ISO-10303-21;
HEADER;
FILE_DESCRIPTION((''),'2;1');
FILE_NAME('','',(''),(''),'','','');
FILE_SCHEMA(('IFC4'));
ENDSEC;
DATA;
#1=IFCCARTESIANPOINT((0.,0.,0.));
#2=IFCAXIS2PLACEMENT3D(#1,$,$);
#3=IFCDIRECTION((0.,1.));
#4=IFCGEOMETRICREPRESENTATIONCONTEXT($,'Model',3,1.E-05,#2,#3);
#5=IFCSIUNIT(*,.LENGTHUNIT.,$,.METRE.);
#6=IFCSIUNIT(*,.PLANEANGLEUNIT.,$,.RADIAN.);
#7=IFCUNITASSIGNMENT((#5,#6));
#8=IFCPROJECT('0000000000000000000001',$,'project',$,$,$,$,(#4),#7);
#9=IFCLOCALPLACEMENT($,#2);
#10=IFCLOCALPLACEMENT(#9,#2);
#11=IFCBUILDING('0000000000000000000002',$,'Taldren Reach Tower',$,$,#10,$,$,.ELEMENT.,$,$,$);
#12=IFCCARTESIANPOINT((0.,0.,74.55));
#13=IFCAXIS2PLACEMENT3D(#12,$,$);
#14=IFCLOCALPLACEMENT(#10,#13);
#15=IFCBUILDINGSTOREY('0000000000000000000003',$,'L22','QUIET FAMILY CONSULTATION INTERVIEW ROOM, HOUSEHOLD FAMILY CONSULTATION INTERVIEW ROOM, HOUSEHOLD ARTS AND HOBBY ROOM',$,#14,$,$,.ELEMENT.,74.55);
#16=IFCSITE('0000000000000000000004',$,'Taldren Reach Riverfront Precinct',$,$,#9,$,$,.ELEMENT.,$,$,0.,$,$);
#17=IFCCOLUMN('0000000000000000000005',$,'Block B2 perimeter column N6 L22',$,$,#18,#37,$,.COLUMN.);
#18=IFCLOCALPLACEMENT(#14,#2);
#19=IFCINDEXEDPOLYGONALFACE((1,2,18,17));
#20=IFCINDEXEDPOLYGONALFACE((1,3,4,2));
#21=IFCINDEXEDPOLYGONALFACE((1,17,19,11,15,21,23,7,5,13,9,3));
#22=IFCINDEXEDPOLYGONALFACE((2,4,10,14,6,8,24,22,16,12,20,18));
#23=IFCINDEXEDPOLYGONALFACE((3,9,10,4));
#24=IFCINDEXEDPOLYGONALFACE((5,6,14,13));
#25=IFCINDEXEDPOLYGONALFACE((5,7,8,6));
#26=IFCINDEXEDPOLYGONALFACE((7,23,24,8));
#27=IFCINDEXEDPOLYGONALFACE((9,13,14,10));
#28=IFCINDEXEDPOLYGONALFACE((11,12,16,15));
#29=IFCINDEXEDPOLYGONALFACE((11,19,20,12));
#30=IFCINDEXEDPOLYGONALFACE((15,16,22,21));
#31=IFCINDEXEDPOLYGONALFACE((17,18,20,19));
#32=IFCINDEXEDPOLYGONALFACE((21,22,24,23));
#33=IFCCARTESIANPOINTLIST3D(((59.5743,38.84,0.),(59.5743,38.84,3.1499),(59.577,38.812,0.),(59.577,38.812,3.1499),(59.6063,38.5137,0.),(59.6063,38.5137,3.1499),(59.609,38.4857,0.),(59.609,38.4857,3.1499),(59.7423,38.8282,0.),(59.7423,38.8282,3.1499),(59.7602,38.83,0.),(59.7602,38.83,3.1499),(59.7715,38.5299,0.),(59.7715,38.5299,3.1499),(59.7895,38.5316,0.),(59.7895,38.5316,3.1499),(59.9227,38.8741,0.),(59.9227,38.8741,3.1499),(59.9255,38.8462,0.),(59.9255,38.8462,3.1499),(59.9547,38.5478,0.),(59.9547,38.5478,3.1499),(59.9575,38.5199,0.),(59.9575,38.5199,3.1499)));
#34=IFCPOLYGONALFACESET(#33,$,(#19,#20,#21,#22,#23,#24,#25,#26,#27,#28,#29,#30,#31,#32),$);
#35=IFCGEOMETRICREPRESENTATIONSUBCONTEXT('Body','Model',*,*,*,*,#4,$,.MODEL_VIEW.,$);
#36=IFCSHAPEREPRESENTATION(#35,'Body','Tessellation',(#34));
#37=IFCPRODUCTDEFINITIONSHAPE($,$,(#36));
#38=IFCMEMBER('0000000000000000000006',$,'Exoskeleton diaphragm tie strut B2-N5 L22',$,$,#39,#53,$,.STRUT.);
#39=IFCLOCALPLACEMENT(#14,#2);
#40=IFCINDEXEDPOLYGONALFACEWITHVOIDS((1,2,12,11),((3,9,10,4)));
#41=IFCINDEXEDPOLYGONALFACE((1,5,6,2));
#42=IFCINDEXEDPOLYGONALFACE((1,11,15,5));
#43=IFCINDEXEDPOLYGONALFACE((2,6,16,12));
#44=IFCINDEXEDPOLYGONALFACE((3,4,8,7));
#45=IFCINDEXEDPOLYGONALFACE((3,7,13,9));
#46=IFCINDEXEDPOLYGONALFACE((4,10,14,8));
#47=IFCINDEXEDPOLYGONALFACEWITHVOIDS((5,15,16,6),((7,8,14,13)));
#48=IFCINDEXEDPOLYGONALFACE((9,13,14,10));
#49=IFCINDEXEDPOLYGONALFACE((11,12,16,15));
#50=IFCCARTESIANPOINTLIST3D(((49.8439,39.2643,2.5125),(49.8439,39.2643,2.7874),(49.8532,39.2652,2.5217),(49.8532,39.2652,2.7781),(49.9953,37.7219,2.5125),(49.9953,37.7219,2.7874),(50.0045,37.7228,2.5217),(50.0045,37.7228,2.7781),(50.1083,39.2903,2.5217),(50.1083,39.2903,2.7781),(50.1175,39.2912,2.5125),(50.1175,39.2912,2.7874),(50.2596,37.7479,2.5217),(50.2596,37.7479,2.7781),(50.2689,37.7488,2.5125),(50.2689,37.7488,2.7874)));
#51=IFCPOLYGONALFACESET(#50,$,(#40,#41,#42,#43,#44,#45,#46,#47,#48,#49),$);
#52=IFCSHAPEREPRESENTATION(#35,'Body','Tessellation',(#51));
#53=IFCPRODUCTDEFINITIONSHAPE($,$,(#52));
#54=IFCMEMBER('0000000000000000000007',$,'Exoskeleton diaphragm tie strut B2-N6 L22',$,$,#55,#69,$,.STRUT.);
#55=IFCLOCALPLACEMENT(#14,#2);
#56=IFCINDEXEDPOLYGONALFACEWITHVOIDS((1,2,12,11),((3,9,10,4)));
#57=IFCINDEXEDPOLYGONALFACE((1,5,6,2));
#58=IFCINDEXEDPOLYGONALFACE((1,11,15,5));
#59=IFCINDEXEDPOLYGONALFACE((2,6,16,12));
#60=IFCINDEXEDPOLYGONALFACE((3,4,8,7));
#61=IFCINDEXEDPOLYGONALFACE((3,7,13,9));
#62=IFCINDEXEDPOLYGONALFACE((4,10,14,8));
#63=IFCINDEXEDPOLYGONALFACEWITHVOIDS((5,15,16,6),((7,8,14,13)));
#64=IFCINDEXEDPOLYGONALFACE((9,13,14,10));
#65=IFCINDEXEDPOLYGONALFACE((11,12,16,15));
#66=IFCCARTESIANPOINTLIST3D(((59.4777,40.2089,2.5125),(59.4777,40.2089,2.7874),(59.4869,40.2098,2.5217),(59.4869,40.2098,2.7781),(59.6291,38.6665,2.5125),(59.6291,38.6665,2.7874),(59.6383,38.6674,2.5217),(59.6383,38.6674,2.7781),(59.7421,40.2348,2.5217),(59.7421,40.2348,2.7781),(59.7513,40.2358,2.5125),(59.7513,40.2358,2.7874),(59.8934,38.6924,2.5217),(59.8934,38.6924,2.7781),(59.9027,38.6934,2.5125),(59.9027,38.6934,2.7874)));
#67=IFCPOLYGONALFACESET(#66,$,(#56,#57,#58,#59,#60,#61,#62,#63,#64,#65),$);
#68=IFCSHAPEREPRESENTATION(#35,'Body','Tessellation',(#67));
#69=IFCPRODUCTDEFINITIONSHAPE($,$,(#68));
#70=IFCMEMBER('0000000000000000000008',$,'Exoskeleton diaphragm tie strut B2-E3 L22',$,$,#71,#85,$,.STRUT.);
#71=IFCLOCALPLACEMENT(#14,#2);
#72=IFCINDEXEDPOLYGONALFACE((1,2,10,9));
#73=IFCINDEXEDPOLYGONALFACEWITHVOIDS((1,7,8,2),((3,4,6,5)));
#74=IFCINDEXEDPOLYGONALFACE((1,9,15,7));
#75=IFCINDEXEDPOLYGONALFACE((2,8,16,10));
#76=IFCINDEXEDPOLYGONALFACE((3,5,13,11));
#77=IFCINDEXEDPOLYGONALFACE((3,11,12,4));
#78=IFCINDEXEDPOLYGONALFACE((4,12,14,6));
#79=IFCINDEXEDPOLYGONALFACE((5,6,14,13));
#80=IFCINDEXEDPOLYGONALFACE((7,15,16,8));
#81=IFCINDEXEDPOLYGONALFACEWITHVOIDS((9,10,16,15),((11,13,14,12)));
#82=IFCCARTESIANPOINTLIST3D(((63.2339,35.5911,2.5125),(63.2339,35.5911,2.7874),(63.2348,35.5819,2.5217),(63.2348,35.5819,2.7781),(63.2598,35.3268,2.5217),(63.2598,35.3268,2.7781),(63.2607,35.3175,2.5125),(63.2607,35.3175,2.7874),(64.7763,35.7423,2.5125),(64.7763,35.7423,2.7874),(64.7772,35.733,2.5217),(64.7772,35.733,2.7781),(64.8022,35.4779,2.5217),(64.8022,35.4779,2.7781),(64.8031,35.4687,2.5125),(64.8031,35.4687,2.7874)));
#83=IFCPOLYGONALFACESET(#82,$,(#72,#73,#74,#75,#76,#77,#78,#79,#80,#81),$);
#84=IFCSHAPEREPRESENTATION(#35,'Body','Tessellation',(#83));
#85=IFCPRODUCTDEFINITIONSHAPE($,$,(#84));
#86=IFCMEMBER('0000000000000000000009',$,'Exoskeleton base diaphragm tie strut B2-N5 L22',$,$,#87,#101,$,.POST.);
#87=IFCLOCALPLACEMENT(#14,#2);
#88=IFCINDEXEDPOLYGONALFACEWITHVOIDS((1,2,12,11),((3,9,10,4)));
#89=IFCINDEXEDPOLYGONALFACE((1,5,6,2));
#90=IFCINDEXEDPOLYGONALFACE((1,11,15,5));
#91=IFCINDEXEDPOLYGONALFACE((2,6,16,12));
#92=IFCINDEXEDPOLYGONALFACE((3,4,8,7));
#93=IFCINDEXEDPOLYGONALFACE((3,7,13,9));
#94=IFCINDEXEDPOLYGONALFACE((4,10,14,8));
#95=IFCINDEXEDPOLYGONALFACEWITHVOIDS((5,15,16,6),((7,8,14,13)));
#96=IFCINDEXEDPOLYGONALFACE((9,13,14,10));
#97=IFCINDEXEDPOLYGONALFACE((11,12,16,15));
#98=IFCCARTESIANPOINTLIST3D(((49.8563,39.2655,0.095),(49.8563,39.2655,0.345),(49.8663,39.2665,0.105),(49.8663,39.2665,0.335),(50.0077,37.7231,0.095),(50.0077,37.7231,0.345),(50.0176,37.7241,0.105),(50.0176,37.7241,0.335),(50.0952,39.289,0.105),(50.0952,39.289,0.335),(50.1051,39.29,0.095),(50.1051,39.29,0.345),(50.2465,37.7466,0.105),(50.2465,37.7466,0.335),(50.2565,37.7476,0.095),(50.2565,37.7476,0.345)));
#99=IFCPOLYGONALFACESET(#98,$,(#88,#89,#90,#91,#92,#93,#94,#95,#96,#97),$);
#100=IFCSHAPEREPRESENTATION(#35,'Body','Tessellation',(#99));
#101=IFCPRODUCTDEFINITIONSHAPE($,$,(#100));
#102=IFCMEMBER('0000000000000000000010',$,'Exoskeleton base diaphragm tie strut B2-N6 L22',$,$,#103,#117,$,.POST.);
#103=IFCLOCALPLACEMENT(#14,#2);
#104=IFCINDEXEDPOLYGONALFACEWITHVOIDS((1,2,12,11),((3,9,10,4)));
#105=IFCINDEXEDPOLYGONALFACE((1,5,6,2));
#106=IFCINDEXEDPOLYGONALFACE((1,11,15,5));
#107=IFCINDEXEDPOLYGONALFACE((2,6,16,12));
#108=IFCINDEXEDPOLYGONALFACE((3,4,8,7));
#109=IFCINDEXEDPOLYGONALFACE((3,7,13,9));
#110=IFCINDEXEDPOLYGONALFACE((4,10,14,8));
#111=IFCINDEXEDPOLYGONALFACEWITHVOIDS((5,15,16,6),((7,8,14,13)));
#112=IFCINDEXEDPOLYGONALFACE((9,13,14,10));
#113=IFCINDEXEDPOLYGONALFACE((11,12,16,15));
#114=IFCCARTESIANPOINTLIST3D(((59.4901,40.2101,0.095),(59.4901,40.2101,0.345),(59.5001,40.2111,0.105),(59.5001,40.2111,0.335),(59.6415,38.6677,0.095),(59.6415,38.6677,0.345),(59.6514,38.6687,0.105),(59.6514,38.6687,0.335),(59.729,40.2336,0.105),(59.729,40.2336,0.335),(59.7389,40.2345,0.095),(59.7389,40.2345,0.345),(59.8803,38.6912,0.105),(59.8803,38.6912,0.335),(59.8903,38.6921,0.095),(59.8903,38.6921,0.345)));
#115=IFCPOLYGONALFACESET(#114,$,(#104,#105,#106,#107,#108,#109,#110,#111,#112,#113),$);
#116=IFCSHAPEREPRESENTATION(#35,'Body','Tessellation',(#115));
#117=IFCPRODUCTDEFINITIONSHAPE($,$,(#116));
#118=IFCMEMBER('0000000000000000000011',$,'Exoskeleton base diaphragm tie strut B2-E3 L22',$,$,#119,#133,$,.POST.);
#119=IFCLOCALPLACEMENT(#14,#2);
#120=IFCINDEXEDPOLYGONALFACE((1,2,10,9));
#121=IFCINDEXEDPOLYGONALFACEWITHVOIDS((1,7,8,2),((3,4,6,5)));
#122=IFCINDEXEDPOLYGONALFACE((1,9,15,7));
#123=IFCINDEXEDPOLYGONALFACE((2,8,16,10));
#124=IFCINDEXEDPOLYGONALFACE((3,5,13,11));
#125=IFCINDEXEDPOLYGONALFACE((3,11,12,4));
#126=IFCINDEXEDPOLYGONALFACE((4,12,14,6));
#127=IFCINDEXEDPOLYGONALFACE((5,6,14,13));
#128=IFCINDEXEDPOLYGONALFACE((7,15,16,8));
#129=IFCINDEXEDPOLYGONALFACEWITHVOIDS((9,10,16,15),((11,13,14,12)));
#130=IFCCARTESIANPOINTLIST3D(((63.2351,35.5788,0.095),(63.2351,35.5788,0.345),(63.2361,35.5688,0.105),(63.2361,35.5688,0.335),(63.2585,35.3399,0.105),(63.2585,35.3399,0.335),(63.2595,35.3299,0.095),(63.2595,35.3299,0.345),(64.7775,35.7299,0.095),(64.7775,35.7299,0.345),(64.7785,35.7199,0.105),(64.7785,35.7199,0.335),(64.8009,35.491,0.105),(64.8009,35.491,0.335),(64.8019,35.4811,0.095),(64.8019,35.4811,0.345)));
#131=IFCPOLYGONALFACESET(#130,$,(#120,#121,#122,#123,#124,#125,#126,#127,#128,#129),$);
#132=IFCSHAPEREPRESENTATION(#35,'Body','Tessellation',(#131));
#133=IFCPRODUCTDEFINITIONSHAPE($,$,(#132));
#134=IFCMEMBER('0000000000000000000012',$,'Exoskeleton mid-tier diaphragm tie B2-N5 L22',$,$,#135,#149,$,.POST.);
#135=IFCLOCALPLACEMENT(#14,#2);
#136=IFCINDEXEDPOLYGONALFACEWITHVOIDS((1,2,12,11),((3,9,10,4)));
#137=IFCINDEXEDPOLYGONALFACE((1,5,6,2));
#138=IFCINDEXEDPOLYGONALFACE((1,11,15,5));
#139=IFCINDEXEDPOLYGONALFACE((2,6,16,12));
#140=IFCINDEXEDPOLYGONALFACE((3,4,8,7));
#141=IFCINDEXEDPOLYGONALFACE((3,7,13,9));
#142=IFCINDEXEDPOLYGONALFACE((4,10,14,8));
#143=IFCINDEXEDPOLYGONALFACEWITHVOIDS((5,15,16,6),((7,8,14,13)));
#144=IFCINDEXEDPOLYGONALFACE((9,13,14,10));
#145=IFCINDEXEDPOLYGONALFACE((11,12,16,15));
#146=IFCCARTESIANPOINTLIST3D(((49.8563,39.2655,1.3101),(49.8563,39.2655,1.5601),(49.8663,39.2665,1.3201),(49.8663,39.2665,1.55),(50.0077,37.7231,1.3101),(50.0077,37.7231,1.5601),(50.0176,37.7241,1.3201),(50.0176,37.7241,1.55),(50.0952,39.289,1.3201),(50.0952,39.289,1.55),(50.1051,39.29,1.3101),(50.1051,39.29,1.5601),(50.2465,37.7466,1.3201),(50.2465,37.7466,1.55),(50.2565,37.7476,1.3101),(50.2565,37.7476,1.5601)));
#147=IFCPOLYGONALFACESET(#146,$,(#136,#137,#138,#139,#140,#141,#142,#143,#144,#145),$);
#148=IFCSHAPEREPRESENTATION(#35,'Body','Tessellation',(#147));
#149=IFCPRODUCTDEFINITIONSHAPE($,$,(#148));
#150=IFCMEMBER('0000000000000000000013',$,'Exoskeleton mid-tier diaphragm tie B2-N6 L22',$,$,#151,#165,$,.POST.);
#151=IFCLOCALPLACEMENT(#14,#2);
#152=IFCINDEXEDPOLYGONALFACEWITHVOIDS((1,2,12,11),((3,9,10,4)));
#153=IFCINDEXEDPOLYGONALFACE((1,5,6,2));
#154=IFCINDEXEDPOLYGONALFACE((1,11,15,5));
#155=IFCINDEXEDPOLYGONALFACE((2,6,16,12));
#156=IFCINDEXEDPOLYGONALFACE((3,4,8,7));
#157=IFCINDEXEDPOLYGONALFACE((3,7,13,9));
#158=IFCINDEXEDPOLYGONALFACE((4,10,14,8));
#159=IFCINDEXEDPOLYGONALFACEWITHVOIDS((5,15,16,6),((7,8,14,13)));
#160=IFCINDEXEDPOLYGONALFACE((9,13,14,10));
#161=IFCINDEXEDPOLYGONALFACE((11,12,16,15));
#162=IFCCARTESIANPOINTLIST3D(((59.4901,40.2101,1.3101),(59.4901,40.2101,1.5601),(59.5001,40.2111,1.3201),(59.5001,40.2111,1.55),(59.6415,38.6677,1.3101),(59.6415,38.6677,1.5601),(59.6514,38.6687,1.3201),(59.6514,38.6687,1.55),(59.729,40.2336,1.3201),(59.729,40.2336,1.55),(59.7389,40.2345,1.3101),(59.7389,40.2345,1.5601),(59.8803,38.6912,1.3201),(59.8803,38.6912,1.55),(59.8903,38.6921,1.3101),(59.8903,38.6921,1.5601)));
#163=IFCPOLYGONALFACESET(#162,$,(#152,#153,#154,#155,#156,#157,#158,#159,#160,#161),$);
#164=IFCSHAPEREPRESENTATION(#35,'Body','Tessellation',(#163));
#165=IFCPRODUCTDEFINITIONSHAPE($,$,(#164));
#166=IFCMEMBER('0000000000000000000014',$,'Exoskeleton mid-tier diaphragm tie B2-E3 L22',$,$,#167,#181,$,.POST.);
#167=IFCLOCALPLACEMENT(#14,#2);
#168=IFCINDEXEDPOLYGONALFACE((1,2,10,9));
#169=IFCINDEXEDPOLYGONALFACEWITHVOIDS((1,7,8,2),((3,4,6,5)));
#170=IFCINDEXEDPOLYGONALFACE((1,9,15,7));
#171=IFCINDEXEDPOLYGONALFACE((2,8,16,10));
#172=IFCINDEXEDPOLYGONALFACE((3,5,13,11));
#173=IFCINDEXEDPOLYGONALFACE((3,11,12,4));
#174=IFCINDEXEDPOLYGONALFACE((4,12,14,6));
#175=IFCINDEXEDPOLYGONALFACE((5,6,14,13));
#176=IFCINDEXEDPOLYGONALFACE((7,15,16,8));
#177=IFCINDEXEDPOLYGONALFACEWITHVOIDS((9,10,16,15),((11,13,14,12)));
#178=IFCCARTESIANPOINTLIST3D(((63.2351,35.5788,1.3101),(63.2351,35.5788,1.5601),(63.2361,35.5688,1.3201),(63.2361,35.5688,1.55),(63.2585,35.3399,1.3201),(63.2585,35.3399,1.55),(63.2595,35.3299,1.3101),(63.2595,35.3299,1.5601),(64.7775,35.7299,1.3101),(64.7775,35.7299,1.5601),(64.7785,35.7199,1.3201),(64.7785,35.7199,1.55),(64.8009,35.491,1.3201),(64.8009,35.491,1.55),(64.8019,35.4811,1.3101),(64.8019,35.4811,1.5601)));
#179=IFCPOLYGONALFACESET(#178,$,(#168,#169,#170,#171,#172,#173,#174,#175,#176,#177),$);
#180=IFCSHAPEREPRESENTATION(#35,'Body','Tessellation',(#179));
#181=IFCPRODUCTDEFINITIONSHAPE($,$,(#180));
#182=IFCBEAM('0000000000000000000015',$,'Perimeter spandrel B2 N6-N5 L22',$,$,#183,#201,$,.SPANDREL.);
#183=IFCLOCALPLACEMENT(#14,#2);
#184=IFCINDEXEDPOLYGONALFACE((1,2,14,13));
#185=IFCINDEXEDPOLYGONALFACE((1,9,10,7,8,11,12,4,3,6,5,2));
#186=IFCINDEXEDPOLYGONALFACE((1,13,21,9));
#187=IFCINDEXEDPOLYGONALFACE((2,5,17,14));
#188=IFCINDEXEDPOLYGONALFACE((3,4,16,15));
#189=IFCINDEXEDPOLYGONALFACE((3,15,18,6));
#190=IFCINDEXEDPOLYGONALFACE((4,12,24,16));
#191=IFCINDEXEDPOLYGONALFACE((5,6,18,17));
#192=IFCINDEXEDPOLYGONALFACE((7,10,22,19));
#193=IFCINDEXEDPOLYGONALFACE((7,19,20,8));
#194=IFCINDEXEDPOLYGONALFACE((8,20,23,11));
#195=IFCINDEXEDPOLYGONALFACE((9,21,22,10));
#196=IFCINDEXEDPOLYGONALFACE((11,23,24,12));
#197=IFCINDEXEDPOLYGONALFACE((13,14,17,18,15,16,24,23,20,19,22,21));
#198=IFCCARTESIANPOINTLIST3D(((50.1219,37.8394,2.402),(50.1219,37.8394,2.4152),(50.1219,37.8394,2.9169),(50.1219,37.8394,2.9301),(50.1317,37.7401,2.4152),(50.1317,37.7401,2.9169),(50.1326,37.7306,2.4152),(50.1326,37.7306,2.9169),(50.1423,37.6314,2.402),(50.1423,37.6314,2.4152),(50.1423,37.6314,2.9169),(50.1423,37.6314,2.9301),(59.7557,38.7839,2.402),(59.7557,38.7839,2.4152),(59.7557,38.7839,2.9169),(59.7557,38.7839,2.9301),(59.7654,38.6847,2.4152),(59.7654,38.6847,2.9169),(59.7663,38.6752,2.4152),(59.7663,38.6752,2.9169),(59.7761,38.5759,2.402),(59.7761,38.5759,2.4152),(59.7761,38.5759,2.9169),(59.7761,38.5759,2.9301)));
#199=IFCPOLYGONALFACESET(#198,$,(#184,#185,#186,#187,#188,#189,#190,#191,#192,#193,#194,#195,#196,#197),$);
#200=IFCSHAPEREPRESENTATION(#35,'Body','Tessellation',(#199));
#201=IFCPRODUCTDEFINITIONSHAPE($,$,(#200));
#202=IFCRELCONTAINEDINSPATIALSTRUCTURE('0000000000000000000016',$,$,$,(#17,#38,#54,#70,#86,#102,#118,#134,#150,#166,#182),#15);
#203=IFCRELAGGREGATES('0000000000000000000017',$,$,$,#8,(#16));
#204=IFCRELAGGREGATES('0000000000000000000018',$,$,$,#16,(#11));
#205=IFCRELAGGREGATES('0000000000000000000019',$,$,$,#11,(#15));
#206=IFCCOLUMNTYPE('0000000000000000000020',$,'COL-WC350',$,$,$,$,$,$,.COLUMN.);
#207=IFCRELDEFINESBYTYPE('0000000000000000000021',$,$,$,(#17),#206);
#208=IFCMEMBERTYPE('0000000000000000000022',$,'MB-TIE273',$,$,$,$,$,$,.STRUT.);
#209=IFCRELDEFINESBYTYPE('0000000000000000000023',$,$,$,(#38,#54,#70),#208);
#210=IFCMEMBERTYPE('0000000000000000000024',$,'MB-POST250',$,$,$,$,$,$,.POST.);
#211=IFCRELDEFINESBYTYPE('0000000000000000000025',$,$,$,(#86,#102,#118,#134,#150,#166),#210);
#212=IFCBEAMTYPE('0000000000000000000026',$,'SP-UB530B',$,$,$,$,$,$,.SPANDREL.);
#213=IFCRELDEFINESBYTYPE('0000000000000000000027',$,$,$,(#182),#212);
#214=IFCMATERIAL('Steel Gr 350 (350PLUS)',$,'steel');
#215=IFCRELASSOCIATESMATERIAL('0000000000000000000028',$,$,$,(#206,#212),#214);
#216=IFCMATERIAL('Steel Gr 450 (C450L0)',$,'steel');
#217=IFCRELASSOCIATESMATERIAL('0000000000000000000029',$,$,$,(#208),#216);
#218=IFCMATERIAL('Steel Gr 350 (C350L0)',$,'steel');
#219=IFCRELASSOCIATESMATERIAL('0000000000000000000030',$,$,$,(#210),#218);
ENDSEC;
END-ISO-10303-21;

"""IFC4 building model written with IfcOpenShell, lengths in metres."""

from ifc_helpers import new_model, si_unit, direction, frame, origin, origin_2d, place, context, subcontext, project, spatial, hollow_rectangle, i_section, extrude, source, transform, mapped, material, material_profile, profile_set, type_object, element, save


model = new_model("IFC4")

# Units and contexts
model_context = context("Model", 3, precision=1e-05, world=origin(), true_north=direction((0.0, 1.0)))
body_context = subcontext(model_context, "Body", "Model", "MODEL_VIEW")
ifc_project = project(units=[si_unit("LENGTHUNIT", "METRE"), si_unit("PLANEANGLEUNIT", "RADIAN")], contexts=[model_context])

# Site, building, storey
site_placement = place(None, origin())
site = spatial("IfcSite", under=ifc_project, at=site_placement, Name="Taldren Reach Riverfront Precinct", CompositionType="ELEMENT", RefElevation=0.0)
building_placement = place(site_placement, origin())
building = spatial("IfcBuilding", under=site, at=building_placement, Name="Taldren Reach Tower", CompositionType="ELEMENT")
storey_placement = place(building_placement, frame((0.0, 0.0, 74.55)))
storey = spatial("IfcBuildingStorey", under=building, at=storey_placement, Name="L22", Description="QUIET FAMILY CONSULTATION INTERVIEW ROOM, HOUSEHOLD FAMILY CONSULTATION INTERVIEW ROOM, HOUSEHOLD ARTS AND HOBBY ROOM", CompositionType="ELEMENT", Elevation=74.55)

# Column
ifc_material_1 = material(Name="Steel Gr 350 (350PLUS)", Category="steel")
ifc_material_profile_1 = material_profile(ifc_material_1, i_section(OverallWidth=0.3501, OverallDepth=0.356, WebThickness=0.0181, FlangeThickness=0.0281, at=origin_2d()), Name="350WC197")
ifc_profile_set_1 = profile_set([ifc_material_profile_1], Name="Steel Gr 350 (350PLUS)")
column_type = type_object("IfcColumnType", Name="COL-WC350", PredefinedType="COLUMN", material=ifc_profile_set_1)
shared_shape_1 = source(origin(), body_context, "Body", "SweptSolid", [
    extrude(i_section(OverallWidth=0.3501, OverallDepth=0.356, WebThickness=0.0181, FlangeThickness=0.0281, at=origin_2d()), origin(), (0.0, 0.0, 1.0), 3.1499),
])
column_placement = place(storey_placement, frame((59.7659, 38.6799, 0.0), z_axis=(0.0, 0.0, 1.0), x_axis=(0.995227, 0.097583, 0.0)))
element("IfcColumn", 1, at=column_placement, inside=storey, type_object=column_type, Name="Block B2 perimeter column N6 L22", PredefinedType="COLUMN", context=body_context, shape_type="MappedRepresentation", body=[
    mapped(shared_shape_1, transform((0.0, 0.0, 0.0), scale=1.0)),
])

# Members
ifc_material_2 = material(Name="Steel Gr 450 (C450L0)", Category="steel")
ifc_material_profile_2 = material_profile(ifc_material_2, hollow_rectangle(XDim=0.2749, YDim=0.2749, WallThickness=0.0093, at=origin_2d()), Name="275x275x9.3SHS")
ifc_profile_set_2 = profile_set([ifc_material_profile_2], Name="Steel Gr 450 (C450L0)")
member_type_1 = type_object("IfcMemberType", Name="MB-TIE273", PredefinedType="STRUT", material=ifc_profile_set_2)
shared_shape_2 = source(origin(), body_context, "Body", "SweptSolid", [
    extrude(hollow_rectangle(XDim=0.2749, YDim=0.2749, WallThickness=0.0093, at=origin_2d()), origin(), (0.0, 0.0, 1.0), 1.5498),
])
for number, where, z_axis, x_axis, name in (
    (2, (50.1321, 37.7354, 2.6499), (-0.097663, 0.99522, 0.0), (-0.99522, -0.097663, 0.0), "Exoskeleton diaphragm tie strut B2-N5 L22"),
    (3, (59.7659, 38.6799, 2.6499), (-0.097663, 0.99522, 0.0), (-0.99522, -0.097663, 0.0), "Exoskeleton diaphragm tie strut B2-N6 L22"),
    (4, (63.2473, 35.4543, 2.6499), (0.995235, 0.097507, 0.0), (-0.097507, 0.995235, 0.0), "Exoskeleton diaphragm tie strut B2-E3 L22"),
):
    element("IfcMember", number, at=place(storey_placement, frame(where, z_axis=z_axis, x_axis=x_axis)), inside=storey, type_object=member_type_1, Name=name, PredefinedType="STRUT", context=body_context, shape_type="MappedRepresentation", body=[
        mapped(shared_shape_2, transform((0.0, 0.0, 0.0), scale=1.0)),
    ])
ifc_material_3 = material(Name="Steel Gr 350 (C350L0)", Category="steel")
ifc_material_profile_3 = material_profile(ifc_material_3, hollow_rectangle(XDim=0.25, YDim=0.25, WallThickness=0.01, at=origin_2d()), Name="250x250x10.0SHS")
ifc_profile_set_3 = profile_set([ifc_material_profile_3], Name="Steel Gr 350 (C350L0)")
member_type_2 = type_object("IfcMemberType", Name="MB-POST250", PredefinedType="POST", material=ifc_profile_set_3)
shared_shape_3 = source(origin(), body_context, "Body", "SweptSolid", [
    extrude(hollow_rectangle(XDim=0.25, YDim=0.25, WallThickness=0.01, at=origin_2d()), origin(), (0.0, 0.0, 1.0), 1.5498),
])
for number, where, z_axis, x_axis, name in (
    (5, (50.1321, 37.7354, 0.22), (-0.097663, 0.99522, 0.0), (-0.99522, -0.097663, 0.0), "Exoskeleton base diaphragm tie strut B2-N5 L22"),
    (6, (59.7659, 38.6799, 0.22), (-0.097663, 0.99522, 0.0), (-0.99522, -0.097663, 0.0), "Exoskeleton base diaphragm tie strut B2-N6 L22"),
    (7, (63.2473, 35.4543, 0.22), (0.995235, 0.097507, 0.0), (-0.097507, 0.995235, 0.0), "Exoskeleton base diaphragm tie strut B2-E3 L22"),
    (8, (50.1321, 37.7354, 1.4351), (-0.097663, 0.99522, 0.0), (-0.99522, -0.097663, 0.0), "Exoskeleton mid-tier diaphragm tie B2-N5 L22"),
    (9, (59.7659, 38.6799, 1.4351), (-0.097663, 0.99522, 0.0), (-0.99522, -0.097663, 0.0), "Exoskeleton mid-tier diaphragm tie B2-N6 L22"),
    (10, (63.2473, 35.4543, 1.4351), (0.995235, 0.097507, 0.0), (-0.097507, 0.995235, 0.0), "Exoskeleton mid-tier diaphragm tie B2-E3 L22"),
):
    element("IfcMember", number, at=place(storey_placement, frame(where, z_axis=z_axis, x_axis=x_axis)), inside=storey, type_object=member_type_2, Name=name, PredefinedType="POST", context=body_context, shape_type="MappedRepresentation", body=[
        mapped(shared_shape_3, transform((0.0, 0.0, 0.0), scale=1.0)),
    ])

# Beam
ifc_material_profile_4 = material_profile(ifc_material_1, i_section(OverallWidth=0.209, OverallDepth=0.5281, WebThickness=0.0095, FlangeThickness=0.0132, at=origin_2d()), Name="530UB82.0")
ifc_profile_set_4 = profile_set([ifc_material_profile_4], Name="Steel Gr 350 (350PLUS)")
beam_type = type_object("IfcBeamType", Name="SP-UB530B", PredefinedType="SPANDREL", material=ifc_profile_set_4)
shared_shape_4 = source(origin(), body_context, "Body", "SweptSolid", [
    extrude(i_section(OverallWidth=0.209, OverallDepth=0.5281, WebThickness=0.0095, FlangeThickness=0.0132, at=origin_2d()), origin(), (0.0, 0.0, 1.0), 9.6799),
])
beam_placement = place(storey_placement, frame((59.7659, 38.6799, 2.666), z_axis=(-0.995228, -0.097581, 0.0), x_axis=(0.097581, -0.995228, 0.0)))
element("IfcBeam", 11, at=beam_placement, inside=storey, type_object=beam_type, Name="Perimeter spandrel B2 N6-N5 L22", PredefinedType="SPANDREL", context=body_context, shape_type="MappedRepresentation", body=[
    mapped(shared_shape_4, transform((0.0, 0.0, 0.0), scale=1.0)),
])

save(model, "model.ifc")
